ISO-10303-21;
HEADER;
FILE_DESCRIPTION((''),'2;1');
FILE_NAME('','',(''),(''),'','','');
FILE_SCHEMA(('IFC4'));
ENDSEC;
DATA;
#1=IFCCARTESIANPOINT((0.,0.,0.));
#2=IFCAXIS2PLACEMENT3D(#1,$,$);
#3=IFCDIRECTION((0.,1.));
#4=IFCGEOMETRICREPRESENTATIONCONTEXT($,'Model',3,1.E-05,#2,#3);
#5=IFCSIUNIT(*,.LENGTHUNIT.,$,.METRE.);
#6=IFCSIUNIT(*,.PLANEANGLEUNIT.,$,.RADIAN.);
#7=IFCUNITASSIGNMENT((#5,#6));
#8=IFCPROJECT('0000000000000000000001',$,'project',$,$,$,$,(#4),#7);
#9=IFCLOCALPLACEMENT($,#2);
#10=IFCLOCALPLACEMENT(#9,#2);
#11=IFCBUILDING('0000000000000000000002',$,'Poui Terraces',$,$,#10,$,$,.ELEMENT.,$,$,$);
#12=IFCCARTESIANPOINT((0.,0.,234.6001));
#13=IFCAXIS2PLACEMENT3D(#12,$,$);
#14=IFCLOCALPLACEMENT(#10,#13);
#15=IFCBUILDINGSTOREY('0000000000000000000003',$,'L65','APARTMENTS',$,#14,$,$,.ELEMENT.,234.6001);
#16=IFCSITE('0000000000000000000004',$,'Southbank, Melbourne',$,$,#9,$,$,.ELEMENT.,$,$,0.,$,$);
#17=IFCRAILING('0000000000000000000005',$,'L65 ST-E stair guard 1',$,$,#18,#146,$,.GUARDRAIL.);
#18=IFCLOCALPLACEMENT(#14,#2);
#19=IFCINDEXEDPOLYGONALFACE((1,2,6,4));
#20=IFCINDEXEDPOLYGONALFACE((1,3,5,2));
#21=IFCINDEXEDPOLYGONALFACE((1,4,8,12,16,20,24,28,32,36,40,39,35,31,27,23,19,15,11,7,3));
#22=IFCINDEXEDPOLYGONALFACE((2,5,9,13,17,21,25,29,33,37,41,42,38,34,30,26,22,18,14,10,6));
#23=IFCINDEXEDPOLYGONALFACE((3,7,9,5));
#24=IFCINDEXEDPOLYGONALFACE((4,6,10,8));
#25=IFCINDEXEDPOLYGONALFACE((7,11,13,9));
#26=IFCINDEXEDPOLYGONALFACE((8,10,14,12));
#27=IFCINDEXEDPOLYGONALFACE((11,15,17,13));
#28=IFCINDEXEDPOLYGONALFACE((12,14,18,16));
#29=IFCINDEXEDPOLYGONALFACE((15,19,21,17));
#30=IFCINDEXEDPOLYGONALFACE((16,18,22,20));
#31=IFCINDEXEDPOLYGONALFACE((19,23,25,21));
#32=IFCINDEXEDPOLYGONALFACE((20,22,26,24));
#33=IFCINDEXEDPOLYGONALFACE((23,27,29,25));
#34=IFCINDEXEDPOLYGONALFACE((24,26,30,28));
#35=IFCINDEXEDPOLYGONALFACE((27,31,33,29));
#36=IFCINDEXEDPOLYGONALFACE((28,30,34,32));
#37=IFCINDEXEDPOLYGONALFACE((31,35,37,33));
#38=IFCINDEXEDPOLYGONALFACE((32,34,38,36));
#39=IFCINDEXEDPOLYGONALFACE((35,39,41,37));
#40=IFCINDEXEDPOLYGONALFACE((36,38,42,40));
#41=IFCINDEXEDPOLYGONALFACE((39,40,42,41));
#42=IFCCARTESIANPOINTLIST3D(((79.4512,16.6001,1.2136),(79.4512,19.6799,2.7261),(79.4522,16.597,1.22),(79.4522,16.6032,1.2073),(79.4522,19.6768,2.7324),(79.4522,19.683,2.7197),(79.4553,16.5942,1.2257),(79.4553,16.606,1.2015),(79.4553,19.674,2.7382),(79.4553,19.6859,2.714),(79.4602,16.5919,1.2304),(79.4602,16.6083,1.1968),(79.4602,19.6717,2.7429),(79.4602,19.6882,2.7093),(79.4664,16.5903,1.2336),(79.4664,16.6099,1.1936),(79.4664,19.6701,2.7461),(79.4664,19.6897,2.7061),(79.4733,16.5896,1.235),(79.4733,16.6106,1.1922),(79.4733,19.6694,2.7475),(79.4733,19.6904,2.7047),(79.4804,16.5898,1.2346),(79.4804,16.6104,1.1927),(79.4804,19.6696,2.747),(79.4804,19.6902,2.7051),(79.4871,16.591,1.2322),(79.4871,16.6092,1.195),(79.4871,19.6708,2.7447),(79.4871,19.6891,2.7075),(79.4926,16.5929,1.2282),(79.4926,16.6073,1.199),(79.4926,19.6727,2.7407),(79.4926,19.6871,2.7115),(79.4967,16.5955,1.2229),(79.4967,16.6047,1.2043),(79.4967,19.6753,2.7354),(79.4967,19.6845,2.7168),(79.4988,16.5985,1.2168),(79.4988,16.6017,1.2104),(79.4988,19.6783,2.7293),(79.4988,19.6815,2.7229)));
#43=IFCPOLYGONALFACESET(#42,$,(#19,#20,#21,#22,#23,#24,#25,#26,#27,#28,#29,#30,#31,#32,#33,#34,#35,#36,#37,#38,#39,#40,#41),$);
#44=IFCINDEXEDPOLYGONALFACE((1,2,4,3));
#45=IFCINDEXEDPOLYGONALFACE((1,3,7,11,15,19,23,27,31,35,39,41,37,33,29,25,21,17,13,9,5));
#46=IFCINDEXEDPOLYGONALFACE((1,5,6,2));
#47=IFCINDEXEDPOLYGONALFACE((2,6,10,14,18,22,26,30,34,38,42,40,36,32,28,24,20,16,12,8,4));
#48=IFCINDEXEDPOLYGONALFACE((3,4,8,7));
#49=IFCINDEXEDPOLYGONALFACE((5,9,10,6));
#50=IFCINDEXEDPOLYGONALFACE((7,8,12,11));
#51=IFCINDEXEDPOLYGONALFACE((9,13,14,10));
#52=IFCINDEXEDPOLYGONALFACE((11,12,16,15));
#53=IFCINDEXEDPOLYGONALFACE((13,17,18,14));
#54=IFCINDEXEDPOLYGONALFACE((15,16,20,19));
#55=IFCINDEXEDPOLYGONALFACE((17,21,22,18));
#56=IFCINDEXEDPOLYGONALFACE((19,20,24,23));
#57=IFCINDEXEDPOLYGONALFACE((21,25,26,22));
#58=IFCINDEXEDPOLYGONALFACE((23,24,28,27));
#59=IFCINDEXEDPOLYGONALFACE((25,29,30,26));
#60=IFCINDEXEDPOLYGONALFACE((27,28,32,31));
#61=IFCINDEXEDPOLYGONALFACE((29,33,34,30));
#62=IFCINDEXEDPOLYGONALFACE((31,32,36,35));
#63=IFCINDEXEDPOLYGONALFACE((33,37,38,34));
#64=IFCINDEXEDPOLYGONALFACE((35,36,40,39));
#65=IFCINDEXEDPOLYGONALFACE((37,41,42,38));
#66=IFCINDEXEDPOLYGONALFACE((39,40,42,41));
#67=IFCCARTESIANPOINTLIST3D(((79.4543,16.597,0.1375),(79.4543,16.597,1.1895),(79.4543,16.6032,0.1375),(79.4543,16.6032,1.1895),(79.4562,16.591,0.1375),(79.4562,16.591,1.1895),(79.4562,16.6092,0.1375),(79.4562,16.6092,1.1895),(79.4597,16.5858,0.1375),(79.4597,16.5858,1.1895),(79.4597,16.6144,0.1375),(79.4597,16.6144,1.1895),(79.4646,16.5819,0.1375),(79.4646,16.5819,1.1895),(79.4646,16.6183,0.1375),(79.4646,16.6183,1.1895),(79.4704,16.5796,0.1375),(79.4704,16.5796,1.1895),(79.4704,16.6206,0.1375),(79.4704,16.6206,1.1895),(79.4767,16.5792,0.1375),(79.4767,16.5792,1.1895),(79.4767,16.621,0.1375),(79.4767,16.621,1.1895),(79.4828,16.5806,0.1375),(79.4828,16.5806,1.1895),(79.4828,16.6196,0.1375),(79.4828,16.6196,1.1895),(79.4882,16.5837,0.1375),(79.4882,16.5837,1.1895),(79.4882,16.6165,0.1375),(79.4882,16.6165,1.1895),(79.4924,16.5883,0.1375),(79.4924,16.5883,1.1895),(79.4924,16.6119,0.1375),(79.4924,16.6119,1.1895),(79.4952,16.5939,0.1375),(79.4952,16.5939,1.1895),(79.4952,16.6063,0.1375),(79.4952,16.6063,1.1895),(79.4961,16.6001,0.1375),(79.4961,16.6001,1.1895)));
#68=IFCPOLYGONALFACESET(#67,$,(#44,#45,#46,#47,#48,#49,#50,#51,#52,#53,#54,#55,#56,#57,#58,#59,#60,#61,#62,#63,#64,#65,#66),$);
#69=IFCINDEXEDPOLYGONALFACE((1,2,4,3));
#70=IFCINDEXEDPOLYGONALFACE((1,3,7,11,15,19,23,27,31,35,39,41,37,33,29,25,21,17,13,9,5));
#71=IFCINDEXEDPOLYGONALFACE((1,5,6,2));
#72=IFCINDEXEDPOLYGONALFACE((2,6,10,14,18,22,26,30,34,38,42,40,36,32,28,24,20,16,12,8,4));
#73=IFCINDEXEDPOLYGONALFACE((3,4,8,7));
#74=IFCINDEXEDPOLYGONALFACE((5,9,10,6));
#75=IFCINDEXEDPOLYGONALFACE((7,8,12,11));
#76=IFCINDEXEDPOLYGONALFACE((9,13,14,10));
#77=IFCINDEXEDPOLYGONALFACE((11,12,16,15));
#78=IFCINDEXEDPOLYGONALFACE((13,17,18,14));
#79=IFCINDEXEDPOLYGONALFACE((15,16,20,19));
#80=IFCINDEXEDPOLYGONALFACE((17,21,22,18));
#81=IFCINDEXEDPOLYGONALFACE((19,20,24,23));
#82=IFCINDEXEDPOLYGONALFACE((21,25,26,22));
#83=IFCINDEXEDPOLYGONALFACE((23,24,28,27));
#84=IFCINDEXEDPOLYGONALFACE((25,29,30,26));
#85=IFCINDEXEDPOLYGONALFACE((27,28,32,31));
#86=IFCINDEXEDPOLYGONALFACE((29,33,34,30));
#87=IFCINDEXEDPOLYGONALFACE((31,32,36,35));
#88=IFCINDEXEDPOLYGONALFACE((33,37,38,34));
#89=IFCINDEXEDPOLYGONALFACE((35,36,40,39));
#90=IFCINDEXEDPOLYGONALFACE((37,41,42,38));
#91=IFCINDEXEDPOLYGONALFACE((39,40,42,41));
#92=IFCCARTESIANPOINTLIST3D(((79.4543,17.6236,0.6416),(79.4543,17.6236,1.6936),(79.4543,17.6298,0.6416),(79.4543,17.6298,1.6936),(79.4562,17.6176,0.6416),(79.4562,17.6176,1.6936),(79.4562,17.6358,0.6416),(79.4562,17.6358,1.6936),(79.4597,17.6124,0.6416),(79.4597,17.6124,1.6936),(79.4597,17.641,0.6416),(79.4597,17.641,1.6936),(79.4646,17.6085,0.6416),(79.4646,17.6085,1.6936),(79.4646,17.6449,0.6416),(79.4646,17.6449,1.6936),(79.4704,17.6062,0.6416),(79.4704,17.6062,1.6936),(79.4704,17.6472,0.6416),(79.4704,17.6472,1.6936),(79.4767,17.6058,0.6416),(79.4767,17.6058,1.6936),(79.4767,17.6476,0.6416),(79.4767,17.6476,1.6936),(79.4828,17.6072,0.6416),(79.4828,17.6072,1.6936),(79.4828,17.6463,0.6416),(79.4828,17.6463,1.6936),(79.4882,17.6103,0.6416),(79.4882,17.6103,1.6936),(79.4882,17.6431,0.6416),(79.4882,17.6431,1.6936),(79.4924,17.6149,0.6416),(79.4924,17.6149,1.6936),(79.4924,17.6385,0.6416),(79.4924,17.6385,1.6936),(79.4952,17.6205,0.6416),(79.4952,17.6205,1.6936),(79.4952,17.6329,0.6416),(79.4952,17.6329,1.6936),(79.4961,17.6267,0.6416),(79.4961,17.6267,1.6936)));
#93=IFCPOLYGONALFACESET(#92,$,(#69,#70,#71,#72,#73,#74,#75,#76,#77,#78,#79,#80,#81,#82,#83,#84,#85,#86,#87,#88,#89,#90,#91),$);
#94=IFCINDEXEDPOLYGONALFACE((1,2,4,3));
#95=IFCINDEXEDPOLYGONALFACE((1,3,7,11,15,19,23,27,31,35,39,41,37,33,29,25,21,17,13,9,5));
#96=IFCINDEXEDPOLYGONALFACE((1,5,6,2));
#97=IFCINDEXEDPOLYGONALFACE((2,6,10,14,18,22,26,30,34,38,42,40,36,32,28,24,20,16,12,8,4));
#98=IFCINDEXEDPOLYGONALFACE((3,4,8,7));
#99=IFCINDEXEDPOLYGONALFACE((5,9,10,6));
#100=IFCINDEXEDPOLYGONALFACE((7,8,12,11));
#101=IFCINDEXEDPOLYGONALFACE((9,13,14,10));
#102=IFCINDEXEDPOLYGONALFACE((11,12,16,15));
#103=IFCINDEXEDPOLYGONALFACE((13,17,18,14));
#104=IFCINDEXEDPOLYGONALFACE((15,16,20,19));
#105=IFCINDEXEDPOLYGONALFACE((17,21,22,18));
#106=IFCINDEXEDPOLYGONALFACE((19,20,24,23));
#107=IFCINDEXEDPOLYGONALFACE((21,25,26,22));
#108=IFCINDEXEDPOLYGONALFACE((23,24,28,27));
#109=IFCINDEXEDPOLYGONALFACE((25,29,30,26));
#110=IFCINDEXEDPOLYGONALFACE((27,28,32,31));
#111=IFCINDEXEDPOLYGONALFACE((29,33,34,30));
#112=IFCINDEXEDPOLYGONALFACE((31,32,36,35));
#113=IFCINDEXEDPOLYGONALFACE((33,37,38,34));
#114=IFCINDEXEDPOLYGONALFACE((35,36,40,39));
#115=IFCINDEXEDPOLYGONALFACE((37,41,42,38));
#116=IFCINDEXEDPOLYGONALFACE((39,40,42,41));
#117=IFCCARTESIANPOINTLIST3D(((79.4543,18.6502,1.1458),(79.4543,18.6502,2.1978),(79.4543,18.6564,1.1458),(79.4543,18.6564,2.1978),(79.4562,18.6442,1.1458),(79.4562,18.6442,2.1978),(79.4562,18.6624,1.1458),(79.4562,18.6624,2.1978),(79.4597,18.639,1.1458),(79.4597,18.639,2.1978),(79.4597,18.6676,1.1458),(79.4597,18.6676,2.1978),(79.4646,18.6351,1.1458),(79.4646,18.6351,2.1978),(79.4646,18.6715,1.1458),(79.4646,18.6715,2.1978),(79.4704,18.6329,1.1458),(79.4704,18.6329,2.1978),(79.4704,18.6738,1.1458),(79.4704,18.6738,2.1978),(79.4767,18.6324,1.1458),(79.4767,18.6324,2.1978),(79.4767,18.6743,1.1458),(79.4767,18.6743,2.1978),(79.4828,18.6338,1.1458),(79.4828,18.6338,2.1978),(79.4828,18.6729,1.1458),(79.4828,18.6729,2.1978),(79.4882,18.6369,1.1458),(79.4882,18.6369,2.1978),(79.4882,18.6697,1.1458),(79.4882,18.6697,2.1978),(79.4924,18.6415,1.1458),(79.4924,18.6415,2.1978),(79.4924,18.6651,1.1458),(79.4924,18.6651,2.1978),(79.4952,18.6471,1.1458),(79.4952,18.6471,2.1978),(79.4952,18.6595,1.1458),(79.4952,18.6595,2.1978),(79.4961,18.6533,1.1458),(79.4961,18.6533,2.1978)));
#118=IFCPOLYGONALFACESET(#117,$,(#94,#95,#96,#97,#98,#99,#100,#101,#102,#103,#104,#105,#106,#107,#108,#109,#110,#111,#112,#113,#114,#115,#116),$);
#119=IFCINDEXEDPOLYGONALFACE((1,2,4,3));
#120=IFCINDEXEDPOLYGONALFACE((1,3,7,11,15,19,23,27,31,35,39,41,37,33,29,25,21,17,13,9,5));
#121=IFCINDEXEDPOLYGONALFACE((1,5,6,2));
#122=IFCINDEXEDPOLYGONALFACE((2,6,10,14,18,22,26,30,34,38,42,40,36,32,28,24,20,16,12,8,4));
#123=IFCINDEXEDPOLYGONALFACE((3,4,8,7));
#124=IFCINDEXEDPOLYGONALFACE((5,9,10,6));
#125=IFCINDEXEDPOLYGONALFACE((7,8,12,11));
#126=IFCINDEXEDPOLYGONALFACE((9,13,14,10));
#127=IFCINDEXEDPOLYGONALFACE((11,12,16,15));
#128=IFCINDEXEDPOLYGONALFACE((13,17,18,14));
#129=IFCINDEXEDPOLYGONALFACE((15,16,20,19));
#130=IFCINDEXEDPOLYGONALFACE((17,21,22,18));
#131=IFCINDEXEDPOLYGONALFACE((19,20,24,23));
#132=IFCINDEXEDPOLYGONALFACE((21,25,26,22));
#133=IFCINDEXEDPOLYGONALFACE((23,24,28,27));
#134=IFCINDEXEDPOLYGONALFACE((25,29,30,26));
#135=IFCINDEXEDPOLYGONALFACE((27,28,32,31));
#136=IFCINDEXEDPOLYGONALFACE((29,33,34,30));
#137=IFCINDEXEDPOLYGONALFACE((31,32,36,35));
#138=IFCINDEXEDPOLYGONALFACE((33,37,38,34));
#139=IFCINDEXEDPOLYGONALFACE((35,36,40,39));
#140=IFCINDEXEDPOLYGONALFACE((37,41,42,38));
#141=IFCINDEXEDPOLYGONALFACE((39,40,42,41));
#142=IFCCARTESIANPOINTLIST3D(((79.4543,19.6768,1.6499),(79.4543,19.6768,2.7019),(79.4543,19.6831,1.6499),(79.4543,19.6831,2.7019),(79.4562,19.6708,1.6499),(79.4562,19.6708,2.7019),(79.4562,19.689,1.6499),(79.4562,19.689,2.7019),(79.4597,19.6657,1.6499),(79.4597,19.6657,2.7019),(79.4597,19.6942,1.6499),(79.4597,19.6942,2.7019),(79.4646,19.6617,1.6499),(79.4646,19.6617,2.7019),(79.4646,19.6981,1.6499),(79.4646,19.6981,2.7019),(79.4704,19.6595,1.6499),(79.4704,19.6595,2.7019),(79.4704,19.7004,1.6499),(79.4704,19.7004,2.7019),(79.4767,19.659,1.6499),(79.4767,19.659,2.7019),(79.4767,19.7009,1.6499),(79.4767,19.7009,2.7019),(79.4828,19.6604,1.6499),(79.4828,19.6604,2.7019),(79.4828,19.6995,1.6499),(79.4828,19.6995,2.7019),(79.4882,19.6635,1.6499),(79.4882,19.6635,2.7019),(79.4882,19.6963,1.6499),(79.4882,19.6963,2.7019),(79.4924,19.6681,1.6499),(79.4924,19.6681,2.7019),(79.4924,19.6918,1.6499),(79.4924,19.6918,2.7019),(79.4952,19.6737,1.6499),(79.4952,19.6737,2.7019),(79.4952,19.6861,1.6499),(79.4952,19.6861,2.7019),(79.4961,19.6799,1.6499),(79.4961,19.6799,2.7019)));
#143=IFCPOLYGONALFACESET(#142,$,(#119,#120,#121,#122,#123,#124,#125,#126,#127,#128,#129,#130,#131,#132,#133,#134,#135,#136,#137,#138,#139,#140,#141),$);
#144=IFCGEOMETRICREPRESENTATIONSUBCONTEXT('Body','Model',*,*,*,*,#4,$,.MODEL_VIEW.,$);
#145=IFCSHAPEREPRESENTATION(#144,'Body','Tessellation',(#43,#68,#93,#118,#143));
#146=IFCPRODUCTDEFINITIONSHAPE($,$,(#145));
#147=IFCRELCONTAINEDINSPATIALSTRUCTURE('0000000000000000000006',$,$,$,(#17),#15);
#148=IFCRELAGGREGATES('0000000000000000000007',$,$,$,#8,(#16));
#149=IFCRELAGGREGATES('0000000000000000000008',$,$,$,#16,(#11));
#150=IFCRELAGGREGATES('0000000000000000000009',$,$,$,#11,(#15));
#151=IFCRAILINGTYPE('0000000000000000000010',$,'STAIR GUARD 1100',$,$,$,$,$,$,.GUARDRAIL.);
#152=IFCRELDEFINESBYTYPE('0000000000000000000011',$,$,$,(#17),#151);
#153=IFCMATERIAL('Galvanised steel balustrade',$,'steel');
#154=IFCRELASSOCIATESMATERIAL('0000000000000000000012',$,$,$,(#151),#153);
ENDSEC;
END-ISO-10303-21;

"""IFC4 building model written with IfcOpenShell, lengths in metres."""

from ifc_helpers import new_model, si_unit, direction, frame, origin, origin_2d, place, context, subcontext, project, spatial, circle, extrude, material, type_object, element, save


model = new_model("IFC4")

# Units and contexts
model_context = context("Model", 3, precision=1e-05, world=origin(), true_north=direction((0.0, 1.0)))
body_context = subcontext(model_context, "Body", "Model", "MODEL_VIEW")
ifc_project = project(units=[si_unit("LENGTHUNIT", "METRE"), si_unit("PLANEANGLEUNIT", "RADIAN")], contexts=[model_context])

# Site, building, storey
site_placement = place(None, origin())
site = spatial("IfcSite", under=ifc_project, at=site_placement, Name="Southbank, Melbourne", CompositionType="ELEMENT", RefElevation=0.0)
building_placement = place(site_placement, origin())
building = spatial("IfcBuilding", under=site, at=building_placement, Name="Poui Terraces", CompositionType="ELEMENT")
storey_placement = place(building_placement, frame((0.0, 0.0, 234.6001)))
storey = spatial("IfcBuildingStorey", under=building, at=storey_placement, Name="L65", Description="APARTMENTS", CompositionType="ELEMENT", Elevation=234.6001)

# Railing
ifc_material_1 = material(Name="Galvanised steel balustrade", Category="steel")
railing_type_1 = type_object("IfcRailingType", Name="STAIR GUARD 1100", PredefinedType="GUARDRAIL", material=ifc_material_1)
railing_1_placement = place(storey_placement, frame((79.4751, 16.6001, 0.1375)))
element("IfcRailing", 1, at=railing_1_placement, inside=storey, type_object=railing_type_1, Name="L65 ST-E stair guard 1", PredefinedType="GUARDRAIL", context=body_context, shape_type="SweptSolid", body=[
    extrude(circle(Radius=0.0239, at=origin_2d()), frame((0.0, 0.0, 1.0762), z_axis=(0.0, 0.897606, 0.440798), x_axis=(-1.0, 0.0, 0.0)), (0.0, 0.0, 1.0), 3.4312),
    extrude(circle(Radius=0.021, at=origin_2d()), origin(), (0.0, 0.0, 1.0), 1.052),
    extrude(circle(Radius=0.021, at=origin_2d()), frame((0.0, 1.0266, 0.5042)), (0.0, 0.0, 1.0), 1.052),
    extrude(circle(Radius=0.021, at=origin_2d()), frame((0.0, 2.0532, 1.0083)), (0.0, 0.0, 1.0), 1.052),
    extrude(circle(Radius=0.021, at=origin_2d()), frame((0.0, 3.0798, 1.5125)), (0.0, 0.0, 1.0), 1.052),
])

save(model, "model.ifc")
